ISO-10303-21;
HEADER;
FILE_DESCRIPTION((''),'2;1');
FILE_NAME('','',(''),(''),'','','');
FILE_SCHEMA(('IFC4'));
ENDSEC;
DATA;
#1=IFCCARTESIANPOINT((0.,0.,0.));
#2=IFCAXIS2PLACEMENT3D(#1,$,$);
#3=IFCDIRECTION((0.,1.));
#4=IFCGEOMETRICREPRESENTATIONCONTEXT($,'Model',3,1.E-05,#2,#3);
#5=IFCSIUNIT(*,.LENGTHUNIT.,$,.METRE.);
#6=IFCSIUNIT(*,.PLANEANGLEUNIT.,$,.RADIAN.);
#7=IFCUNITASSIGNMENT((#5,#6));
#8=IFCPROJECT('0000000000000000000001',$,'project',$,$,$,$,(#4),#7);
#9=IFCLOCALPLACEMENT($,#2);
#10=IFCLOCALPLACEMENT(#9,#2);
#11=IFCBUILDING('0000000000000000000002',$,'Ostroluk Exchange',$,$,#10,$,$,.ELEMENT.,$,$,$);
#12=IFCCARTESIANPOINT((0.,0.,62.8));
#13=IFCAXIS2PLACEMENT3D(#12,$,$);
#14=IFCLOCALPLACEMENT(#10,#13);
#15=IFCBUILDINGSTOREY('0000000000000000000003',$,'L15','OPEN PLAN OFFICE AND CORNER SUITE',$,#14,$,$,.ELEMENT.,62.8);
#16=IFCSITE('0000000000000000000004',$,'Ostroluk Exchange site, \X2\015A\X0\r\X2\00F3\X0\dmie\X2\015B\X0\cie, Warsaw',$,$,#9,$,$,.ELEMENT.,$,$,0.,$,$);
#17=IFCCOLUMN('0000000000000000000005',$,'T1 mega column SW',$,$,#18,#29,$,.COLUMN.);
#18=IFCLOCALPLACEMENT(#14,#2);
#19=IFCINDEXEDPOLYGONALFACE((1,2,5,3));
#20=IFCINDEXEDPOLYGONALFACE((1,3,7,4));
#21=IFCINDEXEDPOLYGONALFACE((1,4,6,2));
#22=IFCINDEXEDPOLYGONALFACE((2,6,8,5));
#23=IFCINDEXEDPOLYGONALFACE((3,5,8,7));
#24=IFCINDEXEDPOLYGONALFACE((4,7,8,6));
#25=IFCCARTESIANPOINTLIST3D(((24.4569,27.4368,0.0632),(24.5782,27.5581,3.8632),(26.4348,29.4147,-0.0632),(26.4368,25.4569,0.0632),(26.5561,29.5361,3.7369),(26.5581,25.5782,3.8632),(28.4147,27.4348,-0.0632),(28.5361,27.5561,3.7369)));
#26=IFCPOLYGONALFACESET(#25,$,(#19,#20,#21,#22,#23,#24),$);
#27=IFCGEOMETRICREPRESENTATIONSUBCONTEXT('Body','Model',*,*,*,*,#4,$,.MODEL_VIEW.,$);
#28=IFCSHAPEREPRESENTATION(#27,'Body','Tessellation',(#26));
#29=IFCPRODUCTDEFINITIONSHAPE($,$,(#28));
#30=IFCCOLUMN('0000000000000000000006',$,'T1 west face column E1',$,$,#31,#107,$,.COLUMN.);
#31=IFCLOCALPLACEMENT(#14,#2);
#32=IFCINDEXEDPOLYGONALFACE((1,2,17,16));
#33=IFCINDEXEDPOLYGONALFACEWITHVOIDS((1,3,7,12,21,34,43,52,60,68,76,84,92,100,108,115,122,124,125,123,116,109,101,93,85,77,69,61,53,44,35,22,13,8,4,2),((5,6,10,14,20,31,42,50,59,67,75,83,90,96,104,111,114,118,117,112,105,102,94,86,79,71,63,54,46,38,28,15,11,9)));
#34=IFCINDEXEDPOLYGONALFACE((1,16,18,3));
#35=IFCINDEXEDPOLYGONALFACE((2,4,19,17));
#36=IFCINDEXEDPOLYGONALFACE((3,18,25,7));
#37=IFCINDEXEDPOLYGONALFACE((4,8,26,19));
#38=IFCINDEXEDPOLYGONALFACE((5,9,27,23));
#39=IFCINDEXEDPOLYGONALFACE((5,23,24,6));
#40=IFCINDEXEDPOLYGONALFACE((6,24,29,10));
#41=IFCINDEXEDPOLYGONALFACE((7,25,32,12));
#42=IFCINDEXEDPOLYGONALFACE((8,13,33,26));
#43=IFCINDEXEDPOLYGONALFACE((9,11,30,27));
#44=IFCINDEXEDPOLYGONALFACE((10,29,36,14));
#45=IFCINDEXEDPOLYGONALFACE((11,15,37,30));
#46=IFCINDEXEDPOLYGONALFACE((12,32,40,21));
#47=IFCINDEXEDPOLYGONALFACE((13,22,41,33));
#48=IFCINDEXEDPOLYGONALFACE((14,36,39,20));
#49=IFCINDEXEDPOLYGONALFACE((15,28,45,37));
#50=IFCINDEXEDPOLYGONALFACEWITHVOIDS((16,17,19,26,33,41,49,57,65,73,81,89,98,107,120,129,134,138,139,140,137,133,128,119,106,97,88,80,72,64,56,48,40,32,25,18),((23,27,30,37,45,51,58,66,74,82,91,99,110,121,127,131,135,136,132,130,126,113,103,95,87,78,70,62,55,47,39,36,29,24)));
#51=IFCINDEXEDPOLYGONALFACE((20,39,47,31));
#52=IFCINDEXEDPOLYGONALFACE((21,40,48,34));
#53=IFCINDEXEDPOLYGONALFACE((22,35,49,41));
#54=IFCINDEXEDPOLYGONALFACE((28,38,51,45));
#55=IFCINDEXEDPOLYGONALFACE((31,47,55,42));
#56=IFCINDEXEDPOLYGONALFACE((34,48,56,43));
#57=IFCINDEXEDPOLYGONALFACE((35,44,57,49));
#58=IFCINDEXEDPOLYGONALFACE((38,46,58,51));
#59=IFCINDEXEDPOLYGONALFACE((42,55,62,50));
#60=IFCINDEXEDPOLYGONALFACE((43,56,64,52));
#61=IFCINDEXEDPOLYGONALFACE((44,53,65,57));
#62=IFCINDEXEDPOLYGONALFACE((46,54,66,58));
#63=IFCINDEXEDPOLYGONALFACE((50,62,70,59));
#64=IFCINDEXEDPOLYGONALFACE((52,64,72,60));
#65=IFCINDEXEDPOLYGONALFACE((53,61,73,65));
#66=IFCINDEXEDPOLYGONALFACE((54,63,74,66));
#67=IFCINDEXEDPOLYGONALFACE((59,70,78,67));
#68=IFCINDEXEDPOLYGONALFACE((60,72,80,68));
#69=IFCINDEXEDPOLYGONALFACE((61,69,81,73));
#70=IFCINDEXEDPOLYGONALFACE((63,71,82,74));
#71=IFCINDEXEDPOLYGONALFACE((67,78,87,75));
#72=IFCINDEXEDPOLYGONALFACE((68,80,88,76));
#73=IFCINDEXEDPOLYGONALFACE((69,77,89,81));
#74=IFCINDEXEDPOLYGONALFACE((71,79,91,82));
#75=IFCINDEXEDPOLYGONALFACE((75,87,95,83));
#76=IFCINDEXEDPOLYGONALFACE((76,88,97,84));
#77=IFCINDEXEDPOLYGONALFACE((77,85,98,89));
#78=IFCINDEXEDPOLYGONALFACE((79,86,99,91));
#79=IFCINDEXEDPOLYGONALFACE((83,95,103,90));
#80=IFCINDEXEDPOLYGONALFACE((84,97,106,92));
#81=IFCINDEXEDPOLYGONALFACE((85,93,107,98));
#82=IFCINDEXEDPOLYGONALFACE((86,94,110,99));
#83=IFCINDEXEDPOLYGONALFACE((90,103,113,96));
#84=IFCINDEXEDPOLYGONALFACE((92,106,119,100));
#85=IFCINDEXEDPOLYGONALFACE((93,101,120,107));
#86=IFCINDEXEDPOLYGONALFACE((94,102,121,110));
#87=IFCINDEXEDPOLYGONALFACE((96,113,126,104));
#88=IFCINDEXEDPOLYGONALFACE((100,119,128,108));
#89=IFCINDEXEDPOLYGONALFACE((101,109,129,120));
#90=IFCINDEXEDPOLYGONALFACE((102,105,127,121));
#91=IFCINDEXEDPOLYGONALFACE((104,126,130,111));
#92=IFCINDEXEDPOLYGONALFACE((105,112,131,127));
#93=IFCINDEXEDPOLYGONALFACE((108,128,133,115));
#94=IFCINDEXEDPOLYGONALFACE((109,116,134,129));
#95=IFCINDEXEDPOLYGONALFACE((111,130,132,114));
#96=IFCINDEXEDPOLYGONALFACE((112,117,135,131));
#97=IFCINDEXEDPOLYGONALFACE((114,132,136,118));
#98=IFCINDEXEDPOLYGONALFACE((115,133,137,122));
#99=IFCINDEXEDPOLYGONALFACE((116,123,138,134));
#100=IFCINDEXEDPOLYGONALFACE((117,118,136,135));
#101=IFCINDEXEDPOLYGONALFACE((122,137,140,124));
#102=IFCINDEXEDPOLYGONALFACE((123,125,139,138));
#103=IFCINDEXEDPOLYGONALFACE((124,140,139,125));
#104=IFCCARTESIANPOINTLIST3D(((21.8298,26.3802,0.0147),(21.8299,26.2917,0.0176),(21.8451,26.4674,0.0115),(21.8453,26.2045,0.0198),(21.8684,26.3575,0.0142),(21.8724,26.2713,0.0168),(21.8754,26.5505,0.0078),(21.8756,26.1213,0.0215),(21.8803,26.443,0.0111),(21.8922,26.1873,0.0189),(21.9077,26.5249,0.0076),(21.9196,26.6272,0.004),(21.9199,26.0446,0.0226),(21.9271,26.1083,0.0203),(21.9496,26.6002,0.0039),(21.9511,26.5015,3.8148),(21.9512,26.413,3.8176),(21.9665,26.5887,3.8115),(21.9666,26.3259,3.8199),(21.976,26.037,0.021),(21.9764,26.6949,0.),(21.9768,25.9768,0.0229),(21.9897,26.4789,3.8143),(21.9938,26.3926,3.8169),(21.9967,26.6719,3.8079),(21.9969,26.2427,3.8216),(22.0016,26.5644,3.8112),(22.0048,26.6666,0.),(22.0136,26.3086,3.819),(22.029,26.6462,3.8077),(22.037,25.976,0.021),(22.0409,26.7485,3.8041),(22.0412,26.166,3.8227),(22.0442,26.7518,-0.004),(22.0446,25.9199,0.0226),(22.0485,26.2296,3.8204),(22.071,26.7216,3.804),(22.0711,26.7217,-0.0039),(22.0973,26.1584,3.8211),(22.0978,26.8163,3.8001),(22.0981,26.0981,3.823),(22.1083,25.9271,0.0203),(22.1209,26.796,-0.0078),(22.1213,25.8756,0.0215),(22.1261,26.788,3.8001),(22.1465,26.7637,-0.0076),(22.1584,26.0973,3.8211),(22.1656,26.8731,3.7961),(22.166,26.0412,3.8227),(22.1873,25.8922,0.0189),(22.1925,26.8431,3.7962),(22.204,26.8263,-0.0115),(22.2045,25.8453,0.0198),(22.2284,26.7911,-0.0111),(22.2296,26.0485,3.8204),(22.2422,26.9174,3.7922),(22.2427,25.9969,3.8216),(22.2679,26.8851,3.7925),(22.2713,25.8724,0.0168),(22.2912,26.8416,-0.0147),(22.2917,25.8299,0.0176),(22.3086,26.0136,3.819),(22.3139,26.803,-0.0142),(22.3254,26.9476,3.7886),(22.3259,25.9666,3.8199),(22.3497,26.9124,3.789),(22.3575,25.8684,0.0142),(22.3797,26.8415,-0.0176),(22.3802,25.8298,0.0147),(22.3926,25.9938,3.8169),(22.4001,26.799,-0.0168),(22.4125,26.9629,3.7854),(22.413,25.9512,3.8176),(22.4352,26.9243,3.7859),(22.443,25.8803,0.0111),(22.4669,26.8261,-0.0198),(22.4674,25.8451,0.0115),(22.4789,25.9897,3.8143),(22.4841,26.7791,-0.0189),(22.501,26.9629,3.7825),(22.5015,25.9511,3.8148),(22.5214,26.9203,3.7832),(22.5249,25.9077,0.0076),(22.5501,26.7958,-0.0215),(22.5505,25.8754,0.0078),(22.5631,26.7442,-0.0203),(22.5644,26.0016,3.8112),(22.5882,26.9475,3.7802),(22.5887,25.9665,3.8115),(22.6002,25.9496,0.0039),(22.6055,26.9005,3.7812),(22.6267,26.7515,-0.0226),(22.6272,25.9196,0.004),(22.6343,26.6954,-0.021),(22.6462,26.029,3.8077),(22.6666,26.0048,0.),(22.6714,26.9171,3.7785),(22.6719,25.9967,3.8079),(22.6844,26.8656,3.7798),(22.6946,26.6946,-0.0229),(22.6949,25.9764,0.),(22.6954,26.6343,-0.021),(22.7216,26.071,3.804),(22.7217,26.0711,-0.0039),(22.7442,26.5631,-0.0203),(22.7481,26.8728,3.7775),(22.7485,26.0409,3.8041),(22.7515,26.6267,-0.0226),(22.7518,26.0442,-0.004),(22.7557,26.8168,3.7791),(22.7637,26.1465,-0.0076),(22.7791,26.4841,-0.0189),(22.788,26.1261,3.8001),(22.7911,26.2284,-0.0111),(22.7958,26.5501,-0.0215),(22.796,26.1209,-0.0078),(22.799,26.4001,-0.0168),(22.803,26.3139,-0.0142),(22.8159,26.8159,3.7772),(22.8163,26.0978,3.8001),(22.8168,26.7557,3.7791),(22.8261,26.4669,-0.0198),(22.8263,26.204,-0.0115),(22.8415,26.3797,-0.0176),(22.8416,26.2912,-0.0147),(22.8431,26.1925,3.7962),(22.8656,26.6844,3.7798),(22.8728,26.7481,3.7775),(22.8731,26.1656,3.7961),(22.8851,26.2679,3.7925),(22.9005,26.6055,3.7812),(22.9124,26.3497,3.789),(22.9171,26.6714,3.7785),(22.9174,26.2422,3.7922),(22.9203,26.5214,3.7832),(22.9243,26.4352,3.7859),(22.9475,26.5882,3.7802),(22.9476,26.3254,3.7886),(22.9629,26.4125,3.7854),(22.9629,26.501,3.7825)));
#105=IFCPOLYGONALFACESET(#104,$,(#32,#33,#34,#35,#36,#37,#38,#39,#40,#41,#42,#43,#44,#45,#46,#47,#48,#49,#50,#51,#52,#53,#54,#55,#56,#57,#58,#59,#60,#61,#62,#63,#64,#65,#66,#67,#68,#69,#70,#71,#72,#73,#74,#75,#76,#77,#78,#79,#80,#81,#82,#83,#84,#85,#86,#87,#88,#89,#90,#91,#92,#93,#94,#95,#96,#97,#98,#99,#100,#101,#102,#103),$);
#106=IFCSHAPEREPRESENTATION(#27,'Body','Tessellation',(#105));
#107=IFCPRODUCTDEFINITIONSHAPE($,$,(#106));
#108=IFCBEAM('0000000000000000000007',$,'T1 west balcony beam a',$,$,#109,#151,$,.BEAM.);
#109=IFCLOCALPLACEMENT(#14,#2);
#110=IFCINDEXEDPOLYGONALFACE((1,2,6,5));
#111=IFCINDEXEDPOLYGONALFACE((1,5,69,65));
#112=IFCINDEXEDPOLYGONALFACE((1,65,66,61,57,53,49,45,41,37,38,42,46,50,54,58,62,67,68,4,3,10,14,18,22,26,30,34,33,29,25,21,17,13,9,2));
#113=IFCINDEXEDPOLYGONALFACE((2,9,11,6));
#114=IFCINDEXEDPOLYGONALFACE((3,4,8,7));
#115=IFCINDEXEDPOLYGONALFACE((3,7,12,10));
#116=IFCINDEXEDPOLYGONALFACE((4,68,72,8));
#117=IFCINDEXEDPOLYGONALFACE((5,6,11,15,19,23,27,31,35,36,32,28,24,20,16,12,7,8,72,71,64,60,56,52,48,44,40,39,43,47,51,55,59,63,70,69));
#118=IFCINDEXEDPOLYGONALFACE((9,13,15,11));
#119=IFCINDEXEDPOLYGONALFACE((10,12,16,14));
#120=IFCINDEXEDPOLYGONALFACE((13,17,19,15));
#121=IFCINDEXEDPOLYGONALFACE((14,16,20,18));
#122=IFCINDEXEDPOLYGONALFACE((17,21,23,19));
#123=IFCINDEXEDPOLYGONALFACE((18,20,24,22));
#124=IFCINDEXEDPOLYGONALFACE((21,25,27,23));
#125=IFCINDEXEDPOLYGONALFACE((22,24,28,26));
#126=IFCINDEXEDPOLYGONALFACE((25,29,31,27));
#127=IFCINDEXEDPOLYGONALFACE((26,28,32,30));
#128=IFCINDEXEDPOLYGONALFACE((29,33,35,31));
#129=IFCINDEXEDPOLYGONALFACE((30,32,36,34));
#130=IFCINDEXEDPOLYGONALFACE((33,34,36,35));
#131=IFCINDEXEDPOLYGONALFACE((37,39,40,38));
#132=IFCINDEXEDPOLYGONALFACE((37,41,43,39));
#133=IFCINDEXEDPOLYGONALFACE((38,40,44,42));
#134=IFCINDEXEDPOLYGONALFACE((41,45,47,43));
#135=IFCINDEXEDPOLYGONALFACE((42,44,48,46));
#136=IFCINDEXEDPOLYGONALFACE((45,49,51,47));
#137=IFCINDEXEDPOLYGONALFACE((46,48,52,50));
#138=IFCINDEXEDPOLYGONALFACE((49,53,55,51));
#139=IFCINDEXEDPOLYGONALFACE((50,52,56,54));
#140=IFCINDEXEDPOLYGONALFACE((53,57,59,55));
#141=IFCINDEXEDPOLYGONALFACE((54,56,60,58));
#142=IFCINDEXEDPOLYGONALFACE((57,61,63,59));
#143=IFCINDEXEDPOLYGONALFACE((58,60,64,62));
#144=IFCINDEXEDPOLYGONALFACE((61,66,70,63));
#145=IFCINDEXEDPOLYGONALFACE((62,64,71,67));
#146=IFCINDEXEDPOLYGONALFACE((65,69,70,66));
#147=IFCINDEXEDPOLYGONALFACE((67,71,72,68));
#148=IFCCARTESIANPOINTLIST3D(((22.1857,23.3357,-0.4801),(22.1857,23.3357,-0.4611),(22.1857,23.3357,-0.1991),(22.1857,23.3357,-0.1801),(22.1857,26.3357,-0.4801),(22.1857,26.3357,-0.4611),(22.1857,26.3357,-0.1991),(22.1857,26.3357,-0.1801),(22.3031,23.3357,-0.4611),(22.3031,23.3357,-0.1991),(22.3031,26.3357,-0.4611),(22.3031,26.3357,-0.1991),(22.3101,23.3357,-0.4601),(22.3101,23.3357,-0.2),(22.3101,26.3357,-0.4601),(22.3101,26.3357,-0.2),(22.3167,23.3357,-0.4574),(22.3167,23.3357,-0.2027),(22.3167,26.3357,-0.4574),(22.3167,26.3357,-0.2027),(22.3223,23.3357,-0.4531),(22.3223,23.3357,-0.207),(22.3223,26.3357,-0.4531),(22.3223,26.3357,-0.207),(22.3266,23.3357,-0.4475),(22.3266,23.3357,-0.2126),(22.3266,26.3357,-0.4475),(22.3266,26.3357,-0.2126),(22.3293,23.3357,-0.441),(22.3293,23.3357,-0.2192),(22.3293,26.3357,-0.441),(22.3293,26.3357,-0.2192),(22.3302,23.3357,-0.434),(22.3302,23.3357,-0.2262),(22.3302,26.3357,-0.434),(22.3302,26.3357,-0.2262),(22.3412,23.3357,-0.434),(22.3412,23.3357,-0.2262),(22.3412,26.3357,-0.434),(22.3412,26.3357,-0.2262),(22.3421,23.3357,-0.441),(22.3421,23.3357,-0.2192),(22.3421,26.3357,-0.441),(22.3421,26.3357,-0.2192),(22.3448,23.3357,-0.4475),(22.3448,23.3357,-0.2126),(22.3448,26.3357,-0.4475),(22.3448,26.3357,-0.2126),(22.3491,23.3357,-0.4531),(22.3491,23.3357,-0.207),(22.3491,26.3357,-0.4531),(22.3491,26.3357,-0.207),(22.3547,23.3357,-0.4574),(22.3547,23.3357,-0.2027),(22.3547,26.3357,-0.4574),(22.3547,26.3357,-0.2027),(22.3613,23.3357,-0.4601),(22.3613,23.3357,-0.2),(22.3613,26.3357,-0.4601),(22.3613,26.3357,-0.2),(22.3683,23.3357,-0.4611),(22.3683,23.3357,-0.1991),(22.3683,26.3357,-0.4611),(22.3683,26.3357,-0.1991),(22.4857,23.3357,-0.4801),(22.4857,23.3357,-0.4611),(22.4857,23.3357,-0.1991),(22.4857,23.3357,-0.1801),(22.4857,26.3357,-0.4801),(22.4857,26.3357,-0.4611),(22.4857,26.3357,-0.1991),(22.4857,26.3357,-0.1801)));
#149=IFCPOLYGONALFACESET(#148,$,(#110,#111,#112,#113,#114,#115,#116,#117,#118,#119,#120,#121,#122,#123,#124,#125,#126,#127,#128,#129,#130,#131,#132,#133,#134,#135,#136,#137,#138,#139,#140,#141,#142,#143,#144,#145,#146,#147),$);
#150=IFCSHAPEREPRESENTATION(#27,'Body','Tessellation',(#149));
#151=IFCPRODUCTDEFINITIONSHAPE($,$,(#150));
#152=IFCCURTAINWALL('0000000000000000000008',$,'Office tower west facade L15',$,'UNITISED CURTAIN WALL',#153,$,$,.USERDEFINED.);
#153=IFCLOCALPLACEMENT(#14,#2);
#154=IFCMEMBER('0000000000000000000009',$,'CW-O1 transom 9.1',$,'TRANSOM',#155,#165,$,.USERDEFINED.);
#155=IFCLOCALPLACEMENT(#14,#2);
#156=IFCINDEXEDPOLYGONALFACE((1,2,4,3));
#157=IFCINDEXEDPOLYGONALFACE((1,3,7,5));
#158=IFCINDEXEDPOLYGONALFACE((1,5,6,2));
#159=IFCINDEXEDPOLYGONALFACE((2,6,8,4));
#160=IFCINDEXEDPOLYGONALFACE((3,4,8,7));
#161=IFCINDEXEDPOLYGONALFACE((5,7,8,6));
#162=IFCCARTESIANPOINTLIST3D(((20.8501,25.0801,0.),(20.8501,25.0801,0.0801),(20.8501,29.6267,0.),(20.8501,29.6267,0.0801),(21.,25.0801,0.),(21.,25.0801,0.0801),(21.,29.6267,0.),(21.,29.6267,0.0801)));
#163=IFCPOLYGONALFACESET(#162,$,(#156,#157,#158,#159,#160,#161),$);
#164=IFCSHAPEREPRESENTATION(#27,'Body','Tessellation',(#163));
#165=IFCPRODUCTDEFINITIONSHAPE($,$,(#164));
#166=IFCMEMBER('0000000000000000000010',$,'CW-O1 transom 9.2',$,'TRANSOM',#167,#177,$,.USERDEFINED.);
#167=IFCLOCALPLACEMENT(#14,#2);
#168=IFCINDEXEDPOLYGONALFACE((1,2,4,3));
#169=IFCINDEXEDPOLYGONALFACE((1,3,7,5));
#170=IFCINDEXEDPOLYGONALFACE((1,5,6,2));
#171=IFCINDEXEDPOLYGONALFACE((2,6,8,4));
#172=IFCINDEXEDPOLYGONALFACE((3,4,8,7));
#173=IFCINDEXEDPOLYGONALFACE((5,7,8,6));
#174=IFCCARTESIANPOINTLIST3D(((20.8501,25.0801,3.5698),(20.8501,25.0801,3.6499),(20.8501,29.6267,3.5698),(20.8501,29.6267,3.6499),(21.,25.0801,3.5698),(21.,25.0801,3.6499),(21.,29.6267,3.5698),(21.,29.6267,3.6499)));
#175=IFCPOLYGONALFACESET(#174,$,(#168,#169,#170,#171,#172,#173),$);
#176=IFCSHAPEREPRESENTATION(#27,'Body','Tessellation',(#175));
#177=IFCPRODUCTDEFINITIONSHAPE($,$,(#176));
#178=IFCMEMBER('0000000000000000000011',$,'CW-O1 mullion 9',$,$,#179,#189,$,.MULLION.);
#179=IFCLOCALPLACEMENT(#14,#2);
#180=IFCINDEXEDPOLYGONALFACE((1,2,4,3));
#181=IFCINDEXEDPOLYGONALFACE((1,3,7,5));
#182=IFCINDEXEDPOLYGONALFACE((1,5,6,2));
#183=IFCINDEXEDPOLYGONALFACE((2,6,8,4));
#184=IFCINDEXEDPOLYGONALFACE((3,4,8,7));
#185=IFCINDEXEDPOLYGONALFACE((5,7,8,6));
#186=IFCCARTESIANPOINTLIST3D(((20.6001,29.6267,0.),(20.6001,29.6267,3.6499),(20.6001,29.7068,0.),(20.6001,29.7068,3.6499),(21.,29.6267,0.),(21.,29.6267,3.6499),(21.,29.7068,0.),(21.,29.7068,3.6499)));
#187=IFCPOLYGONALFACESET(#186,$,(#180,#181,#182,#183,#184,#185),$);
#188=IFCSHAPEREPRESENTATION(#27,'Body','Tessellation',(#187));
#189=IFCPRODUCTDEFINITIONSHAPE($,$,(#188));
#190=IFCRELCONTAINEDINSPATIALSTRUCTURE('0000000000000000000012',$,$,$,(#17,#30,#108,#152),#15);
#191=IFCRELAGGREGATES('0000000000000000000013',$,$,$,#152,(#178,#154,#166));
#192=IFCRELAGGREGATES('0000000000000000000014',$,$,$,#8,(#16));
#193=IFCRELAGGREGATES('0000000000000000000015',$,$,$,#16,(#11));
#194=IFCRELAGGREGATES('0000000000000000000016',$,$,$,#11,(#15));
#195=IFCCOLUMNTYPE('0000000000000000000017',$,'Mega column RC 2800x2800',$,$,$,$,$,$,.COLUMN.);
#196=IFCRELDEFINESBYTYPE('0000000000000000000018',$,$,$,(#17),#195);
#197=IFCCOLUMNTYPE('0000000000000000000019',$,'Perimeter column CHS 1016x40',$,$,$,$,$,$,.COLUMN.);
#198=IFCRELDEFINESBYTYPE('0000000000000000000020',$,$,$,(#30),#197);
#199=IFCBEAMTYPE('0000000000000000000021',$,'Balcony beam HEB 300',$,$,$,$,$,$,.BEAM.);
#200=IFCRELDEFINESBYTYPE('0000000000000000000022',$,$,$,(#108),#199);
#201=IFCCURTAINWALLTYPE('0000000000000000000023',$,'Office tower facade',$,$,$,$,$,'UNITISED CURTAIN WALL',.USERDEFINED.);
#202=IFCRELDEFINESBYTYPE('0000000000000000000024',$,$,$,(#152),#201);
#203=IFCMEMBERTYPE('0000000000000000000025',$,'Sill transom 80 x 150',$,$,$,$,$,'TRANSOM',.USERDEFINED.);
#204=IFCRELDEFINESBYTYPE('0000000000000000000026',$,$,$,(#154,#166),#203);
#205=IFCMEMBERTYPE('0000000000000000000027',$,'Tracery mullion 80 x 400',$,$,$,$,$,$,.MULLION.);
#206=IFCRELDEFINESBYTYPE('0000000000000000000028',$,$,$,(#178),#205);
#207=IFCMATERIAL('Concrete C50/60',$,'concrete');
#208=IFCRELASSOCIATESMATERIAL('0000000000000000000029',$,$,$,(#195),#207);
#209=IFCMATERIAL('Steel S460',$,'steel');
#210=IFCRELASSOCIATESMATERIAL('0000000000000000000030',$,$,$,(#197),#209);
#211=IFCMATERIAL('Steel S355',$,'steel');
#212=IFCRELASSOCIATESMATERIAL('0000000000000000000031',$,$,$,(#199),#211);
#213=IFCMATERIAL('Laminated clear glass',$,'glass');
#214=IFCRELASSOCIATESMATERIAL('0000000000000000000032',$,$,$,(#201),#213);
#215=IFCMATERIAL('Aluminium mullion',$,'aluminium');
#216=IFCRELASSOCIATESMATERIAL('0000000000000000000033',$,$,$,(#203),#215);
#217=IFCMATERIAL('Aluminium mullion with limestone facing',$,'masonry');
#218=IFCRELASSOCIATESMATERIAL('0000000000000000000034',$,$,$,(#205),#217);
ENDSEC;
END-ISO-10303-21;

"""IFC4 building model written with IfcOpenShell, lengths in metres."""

from ifc_helpers import new_model, si_unit, direction, frame, origin, origin_2d, place, context, subcontext, project, spatial, rectangle, hollow_circle, i_section, extrude, material, material_profile, profile_set, type_object, element, aggregate, save


model = new_model("IFC4")

# Units and contexts
model_context = context("Model", 3, precision=1e-05, world=origin(), true_north=direction((0.0, 1.0)))
body_context = subcontext(model_context, "Body", "Model", "MODEL_VIEW")
ifc_project = project(units=[si_unit("LENGTHUNIT", "METRE"), si_unit("PLANEANGLEUNIT", "RADIAN")], contexts=[model_context])

# Site, building, storey
site_placement = place(None, origin())
site = spatial("IfcSite", under=ifc_project, at=site_placement, Name="Ostroluk Exchange site, Śródmieście, Warsaw", CompositionType="ELEMENT", RefElevation=0.0)
building_placement = place(site_placement, origin())
building = spatial("IfcBuilding", under=site, at=building_placement, Name="Ostroluk Exchange", CompositionType="ELEMENT")
storey_placement = place(building_placement, frame((0.0, 0.0, 62.8)))
storey = spatial("IfcBuildingStorey", under=building, at=storey_placement, Name="L15", Description="OPEN PLAN OFFICE AND CORNER SUITE", CompositionType="ELEMENT", Elevation=62.8)

# Columns
ifc_material_1 = material(Name="Concrete C50/60", Category="concrete")
ifc_material_profile_1 = material_profile(ifc_material_1, rectangle(XDim=2.8, YDim=2.8, at=origin_2d()), Name="RC 2800x2800")
ifc_profile_set_1 = profile_set([ifc_material_profile_1], Name="Concrete C50/60")
column_type_1 = type_object("IfcColumnType", Name="Mega column RC 2800x2800", PredefinedType="COLUMN", material=ifc_profile_set_1)
column_1_placement = place(storey_placement, frame((26.4358, 27.4358, 0.0), z_axis=(0.031898, 0.031898, 0.998982), x_axis=(-0.707107, 0.707107, 0.0)))
element("IfcColumn", 1, at=column_1_placement, inside=storey, type_object=column_type_1, Name="T1 mega column SW", PredefinedType="COLUMN", context=body_context, shape_type="SweptSolid", body=[
    extrude(rectangle(XDim=2.8, YDim=2.8, at=origin_2d()), origin(), (0.0, 0.0, 1.0), 3.804),
])
ifc_material_2 = material(Name="Steel S460", Category="steel")
ifc_material_profile_2 = material_profile(ifc_material_2, hollow_circle(Radius=0.5081, WallThickness=0.04, at=origin_2d()), Name="CHS 1016x40")
ifc_profile_set_2 = profile_set([ifc_material_profile_2], Name="Steel S460")
column_type_2 = type_object("IfcColumnType", Name="Perimeter column CHS 1016x40", PredefinedType="COLUMN", material=ifc_profile_set_2)
column_2_placement = place(storey_placement, frame((22.3357, 26.3357, 0.0), z_axis=(0.031898, 0.031898, 0.998982), x_axis=(-0.707107, 0.707107, 0.0)))
element("IfcColumn", 2, at=column_2_placement, inside=storey, type_object=column_type_2, Name="T1 west face column E1", PredefinedType="COLUMN", context=body_context, shape_type="SweptSolid", body=[
    extrude(hollow_circle(Radius=0.5081, WallThickness=0.04, at=origin_2d()), origin(), (0.0, 0.0, 1.0), 3.804),
])

# Beam
ifc_material_3 = material(Name="Steel S355", Category="steel")
ifc_material_profile_3 = material_profile(ifc_material_3, i_section(OverallWidth=0.3, OverallDepth=0.3, WebThickness=0.011, FlangeThickness=0.019, FilletRadius=0.0271, at=origin_2d()), Name="HEB 300")
ifc_profile_set_3 = profile_set([ifc_material_profile_3], Name="Steel S355")
beam_type = type_object("IfcBeamType", Name="Balcony beam HEB 300", PredefinedType="BEAM", material=ifc_profile_set_3)
beam_placement = place(storey_placement, frame((22.3357, 26.3357, -0.3301), z_axis=(0.0, -1.0, 0.0), x_axis=(1.0, 0.0, 0.0)))
element("IfcBeam", 3, at=beam_placement, inside=storey, type_object=beam_type, Name="T1 west balcony beam a", PredefinedType="BEAM", context=body_context, shape_type="SweptSolid", body=[
    extrude(i_section(OverallWidth=0.3, OverallDepth=0.3, WebThickness=0.011, FlangeThickness=0.019, FilletRadius=0.0271, at=origin_2d()), origin(), (0.0, 0.0, 1.0), 3.0),
])

# Curtain wall, members
ifc_material_4 = material(Name="Laminated clear glass", Category="glass")
curtain_wall_type = type_object("IfcCurtainWallType", Name="Office tower facade", ElementType="UNITISED CURTAIN WALL", PredefinedType="USERDEFINED", material=ifc_material_4)
curtain_wall_placement = place(storey_placement, origin())
curtain_wall = element("IfcCurtainWall", 4, at=curtain_wall_placement, inside=storey, type_object=curtain_wall_type, Name="Office tower west facade L15", ObjectType="UNITISED CURTAIN WALL", PredefinedType="USERDEFINED")
ifc_material_5 = material(Name="Aluminium mullion", Category="aluminium")
ifc_material_profile_4 = material_profile(ifc_material_5, rectangle(XDim=0.1499, YDim=0.0801, at=origin_2d()), Name="Sill transom 80 x 150")
ifc_profile_set_4 = profile_set([ifc_material_profile_4], Name="Aluminium mullion")
member_type_1 = type_object("IfcMemberType", Name="Sill transom 80 x 150", ElementType="TRANSOM", PredefinedType="USERDEFINED", material=ifc_profile_set_4)
member_1_placement = place(storey_placement, frame((20.925, 29.6267, 0.04), z_axis=(0.0, -1.0, 0.0), x_axis=(1.0, 0.0, 0.0)))
member_1 = element("IfcMember", 5, at=member_1_placement, type_object=member_type_1, Name="CW-O1 transom 9.1", ObjectType="TRANSOM", PredefinedType="USERDEFINED", context=body_context, shape_type="SweptSolid", body=[
    extrude(rectangle(XDim=0.1499, YDim=0.0801, at=origin_2d()), origin(), (0.0, 0.0, 1.0), 4.5466),
])
member_2_placement = place(storey_placement, frame((20.925, 29.6267, 3.6099), z_axis=(0.0, -1.0, 0.0), x_axis=(1.0, 0.0, 0.0)))
member_2 = element("IfcMember", 6, at=member_2_placement, type_object=member_type_1, Name="CW-O1 transom 9.2", ObjectType="TRANSOM", PredefinedType="USERDEFINED", context=body_context, shape_type="SweptSolid", body=[
    extrude(rectangle(XDim=0.1499, YDim=0.0801, at=origin_2d()), origin(), (0.0, 0.0, 1.0), 4.5466),
])
ifc_material_6 = material(Name="Aluminium mullion with limestone facing", Category="masonry")
ifc_material_profile_5 = material_profile(ifc_material_6, rectangle(XDim=0.3999, YDim=0.0801, at=origin_2d()), Name="Tracery mullion 80 x 400")
ifc_profile_set_5 = profile_set([ifc_material_profile_5], Name="Aluminium mullion with limestone facing")
member_type_2 = type_object("IfcMemberType", Name="Tracery mullion 80 x 400", PredefinedType="MULLION", material=ifc_profile_set_5)
member_3_placement = place(storey_placement, frame((20.8, 29.6667, 0.0), z_axis=(0.0, 0.0, 1.0), x_axis=(1.0, 0.0, 0.0)))
member_3 = element("IfcMember", 7, at=member_3_placement, type_object=member_type_2, Name="CW-O1 mullion 9", PredefinedType="MULLION", context=body_context, shape_type="SweptSolid", body=[
    extrude(rectangle(XDim=0.3999, YDim=0.0801, at=origin_2d()), origin(), (0.0, 0.0, 1.0), 3.6499),
])
aggregate(curtain_wall, [member_3, member_1, member_2])

save(model, "model.ifc")
